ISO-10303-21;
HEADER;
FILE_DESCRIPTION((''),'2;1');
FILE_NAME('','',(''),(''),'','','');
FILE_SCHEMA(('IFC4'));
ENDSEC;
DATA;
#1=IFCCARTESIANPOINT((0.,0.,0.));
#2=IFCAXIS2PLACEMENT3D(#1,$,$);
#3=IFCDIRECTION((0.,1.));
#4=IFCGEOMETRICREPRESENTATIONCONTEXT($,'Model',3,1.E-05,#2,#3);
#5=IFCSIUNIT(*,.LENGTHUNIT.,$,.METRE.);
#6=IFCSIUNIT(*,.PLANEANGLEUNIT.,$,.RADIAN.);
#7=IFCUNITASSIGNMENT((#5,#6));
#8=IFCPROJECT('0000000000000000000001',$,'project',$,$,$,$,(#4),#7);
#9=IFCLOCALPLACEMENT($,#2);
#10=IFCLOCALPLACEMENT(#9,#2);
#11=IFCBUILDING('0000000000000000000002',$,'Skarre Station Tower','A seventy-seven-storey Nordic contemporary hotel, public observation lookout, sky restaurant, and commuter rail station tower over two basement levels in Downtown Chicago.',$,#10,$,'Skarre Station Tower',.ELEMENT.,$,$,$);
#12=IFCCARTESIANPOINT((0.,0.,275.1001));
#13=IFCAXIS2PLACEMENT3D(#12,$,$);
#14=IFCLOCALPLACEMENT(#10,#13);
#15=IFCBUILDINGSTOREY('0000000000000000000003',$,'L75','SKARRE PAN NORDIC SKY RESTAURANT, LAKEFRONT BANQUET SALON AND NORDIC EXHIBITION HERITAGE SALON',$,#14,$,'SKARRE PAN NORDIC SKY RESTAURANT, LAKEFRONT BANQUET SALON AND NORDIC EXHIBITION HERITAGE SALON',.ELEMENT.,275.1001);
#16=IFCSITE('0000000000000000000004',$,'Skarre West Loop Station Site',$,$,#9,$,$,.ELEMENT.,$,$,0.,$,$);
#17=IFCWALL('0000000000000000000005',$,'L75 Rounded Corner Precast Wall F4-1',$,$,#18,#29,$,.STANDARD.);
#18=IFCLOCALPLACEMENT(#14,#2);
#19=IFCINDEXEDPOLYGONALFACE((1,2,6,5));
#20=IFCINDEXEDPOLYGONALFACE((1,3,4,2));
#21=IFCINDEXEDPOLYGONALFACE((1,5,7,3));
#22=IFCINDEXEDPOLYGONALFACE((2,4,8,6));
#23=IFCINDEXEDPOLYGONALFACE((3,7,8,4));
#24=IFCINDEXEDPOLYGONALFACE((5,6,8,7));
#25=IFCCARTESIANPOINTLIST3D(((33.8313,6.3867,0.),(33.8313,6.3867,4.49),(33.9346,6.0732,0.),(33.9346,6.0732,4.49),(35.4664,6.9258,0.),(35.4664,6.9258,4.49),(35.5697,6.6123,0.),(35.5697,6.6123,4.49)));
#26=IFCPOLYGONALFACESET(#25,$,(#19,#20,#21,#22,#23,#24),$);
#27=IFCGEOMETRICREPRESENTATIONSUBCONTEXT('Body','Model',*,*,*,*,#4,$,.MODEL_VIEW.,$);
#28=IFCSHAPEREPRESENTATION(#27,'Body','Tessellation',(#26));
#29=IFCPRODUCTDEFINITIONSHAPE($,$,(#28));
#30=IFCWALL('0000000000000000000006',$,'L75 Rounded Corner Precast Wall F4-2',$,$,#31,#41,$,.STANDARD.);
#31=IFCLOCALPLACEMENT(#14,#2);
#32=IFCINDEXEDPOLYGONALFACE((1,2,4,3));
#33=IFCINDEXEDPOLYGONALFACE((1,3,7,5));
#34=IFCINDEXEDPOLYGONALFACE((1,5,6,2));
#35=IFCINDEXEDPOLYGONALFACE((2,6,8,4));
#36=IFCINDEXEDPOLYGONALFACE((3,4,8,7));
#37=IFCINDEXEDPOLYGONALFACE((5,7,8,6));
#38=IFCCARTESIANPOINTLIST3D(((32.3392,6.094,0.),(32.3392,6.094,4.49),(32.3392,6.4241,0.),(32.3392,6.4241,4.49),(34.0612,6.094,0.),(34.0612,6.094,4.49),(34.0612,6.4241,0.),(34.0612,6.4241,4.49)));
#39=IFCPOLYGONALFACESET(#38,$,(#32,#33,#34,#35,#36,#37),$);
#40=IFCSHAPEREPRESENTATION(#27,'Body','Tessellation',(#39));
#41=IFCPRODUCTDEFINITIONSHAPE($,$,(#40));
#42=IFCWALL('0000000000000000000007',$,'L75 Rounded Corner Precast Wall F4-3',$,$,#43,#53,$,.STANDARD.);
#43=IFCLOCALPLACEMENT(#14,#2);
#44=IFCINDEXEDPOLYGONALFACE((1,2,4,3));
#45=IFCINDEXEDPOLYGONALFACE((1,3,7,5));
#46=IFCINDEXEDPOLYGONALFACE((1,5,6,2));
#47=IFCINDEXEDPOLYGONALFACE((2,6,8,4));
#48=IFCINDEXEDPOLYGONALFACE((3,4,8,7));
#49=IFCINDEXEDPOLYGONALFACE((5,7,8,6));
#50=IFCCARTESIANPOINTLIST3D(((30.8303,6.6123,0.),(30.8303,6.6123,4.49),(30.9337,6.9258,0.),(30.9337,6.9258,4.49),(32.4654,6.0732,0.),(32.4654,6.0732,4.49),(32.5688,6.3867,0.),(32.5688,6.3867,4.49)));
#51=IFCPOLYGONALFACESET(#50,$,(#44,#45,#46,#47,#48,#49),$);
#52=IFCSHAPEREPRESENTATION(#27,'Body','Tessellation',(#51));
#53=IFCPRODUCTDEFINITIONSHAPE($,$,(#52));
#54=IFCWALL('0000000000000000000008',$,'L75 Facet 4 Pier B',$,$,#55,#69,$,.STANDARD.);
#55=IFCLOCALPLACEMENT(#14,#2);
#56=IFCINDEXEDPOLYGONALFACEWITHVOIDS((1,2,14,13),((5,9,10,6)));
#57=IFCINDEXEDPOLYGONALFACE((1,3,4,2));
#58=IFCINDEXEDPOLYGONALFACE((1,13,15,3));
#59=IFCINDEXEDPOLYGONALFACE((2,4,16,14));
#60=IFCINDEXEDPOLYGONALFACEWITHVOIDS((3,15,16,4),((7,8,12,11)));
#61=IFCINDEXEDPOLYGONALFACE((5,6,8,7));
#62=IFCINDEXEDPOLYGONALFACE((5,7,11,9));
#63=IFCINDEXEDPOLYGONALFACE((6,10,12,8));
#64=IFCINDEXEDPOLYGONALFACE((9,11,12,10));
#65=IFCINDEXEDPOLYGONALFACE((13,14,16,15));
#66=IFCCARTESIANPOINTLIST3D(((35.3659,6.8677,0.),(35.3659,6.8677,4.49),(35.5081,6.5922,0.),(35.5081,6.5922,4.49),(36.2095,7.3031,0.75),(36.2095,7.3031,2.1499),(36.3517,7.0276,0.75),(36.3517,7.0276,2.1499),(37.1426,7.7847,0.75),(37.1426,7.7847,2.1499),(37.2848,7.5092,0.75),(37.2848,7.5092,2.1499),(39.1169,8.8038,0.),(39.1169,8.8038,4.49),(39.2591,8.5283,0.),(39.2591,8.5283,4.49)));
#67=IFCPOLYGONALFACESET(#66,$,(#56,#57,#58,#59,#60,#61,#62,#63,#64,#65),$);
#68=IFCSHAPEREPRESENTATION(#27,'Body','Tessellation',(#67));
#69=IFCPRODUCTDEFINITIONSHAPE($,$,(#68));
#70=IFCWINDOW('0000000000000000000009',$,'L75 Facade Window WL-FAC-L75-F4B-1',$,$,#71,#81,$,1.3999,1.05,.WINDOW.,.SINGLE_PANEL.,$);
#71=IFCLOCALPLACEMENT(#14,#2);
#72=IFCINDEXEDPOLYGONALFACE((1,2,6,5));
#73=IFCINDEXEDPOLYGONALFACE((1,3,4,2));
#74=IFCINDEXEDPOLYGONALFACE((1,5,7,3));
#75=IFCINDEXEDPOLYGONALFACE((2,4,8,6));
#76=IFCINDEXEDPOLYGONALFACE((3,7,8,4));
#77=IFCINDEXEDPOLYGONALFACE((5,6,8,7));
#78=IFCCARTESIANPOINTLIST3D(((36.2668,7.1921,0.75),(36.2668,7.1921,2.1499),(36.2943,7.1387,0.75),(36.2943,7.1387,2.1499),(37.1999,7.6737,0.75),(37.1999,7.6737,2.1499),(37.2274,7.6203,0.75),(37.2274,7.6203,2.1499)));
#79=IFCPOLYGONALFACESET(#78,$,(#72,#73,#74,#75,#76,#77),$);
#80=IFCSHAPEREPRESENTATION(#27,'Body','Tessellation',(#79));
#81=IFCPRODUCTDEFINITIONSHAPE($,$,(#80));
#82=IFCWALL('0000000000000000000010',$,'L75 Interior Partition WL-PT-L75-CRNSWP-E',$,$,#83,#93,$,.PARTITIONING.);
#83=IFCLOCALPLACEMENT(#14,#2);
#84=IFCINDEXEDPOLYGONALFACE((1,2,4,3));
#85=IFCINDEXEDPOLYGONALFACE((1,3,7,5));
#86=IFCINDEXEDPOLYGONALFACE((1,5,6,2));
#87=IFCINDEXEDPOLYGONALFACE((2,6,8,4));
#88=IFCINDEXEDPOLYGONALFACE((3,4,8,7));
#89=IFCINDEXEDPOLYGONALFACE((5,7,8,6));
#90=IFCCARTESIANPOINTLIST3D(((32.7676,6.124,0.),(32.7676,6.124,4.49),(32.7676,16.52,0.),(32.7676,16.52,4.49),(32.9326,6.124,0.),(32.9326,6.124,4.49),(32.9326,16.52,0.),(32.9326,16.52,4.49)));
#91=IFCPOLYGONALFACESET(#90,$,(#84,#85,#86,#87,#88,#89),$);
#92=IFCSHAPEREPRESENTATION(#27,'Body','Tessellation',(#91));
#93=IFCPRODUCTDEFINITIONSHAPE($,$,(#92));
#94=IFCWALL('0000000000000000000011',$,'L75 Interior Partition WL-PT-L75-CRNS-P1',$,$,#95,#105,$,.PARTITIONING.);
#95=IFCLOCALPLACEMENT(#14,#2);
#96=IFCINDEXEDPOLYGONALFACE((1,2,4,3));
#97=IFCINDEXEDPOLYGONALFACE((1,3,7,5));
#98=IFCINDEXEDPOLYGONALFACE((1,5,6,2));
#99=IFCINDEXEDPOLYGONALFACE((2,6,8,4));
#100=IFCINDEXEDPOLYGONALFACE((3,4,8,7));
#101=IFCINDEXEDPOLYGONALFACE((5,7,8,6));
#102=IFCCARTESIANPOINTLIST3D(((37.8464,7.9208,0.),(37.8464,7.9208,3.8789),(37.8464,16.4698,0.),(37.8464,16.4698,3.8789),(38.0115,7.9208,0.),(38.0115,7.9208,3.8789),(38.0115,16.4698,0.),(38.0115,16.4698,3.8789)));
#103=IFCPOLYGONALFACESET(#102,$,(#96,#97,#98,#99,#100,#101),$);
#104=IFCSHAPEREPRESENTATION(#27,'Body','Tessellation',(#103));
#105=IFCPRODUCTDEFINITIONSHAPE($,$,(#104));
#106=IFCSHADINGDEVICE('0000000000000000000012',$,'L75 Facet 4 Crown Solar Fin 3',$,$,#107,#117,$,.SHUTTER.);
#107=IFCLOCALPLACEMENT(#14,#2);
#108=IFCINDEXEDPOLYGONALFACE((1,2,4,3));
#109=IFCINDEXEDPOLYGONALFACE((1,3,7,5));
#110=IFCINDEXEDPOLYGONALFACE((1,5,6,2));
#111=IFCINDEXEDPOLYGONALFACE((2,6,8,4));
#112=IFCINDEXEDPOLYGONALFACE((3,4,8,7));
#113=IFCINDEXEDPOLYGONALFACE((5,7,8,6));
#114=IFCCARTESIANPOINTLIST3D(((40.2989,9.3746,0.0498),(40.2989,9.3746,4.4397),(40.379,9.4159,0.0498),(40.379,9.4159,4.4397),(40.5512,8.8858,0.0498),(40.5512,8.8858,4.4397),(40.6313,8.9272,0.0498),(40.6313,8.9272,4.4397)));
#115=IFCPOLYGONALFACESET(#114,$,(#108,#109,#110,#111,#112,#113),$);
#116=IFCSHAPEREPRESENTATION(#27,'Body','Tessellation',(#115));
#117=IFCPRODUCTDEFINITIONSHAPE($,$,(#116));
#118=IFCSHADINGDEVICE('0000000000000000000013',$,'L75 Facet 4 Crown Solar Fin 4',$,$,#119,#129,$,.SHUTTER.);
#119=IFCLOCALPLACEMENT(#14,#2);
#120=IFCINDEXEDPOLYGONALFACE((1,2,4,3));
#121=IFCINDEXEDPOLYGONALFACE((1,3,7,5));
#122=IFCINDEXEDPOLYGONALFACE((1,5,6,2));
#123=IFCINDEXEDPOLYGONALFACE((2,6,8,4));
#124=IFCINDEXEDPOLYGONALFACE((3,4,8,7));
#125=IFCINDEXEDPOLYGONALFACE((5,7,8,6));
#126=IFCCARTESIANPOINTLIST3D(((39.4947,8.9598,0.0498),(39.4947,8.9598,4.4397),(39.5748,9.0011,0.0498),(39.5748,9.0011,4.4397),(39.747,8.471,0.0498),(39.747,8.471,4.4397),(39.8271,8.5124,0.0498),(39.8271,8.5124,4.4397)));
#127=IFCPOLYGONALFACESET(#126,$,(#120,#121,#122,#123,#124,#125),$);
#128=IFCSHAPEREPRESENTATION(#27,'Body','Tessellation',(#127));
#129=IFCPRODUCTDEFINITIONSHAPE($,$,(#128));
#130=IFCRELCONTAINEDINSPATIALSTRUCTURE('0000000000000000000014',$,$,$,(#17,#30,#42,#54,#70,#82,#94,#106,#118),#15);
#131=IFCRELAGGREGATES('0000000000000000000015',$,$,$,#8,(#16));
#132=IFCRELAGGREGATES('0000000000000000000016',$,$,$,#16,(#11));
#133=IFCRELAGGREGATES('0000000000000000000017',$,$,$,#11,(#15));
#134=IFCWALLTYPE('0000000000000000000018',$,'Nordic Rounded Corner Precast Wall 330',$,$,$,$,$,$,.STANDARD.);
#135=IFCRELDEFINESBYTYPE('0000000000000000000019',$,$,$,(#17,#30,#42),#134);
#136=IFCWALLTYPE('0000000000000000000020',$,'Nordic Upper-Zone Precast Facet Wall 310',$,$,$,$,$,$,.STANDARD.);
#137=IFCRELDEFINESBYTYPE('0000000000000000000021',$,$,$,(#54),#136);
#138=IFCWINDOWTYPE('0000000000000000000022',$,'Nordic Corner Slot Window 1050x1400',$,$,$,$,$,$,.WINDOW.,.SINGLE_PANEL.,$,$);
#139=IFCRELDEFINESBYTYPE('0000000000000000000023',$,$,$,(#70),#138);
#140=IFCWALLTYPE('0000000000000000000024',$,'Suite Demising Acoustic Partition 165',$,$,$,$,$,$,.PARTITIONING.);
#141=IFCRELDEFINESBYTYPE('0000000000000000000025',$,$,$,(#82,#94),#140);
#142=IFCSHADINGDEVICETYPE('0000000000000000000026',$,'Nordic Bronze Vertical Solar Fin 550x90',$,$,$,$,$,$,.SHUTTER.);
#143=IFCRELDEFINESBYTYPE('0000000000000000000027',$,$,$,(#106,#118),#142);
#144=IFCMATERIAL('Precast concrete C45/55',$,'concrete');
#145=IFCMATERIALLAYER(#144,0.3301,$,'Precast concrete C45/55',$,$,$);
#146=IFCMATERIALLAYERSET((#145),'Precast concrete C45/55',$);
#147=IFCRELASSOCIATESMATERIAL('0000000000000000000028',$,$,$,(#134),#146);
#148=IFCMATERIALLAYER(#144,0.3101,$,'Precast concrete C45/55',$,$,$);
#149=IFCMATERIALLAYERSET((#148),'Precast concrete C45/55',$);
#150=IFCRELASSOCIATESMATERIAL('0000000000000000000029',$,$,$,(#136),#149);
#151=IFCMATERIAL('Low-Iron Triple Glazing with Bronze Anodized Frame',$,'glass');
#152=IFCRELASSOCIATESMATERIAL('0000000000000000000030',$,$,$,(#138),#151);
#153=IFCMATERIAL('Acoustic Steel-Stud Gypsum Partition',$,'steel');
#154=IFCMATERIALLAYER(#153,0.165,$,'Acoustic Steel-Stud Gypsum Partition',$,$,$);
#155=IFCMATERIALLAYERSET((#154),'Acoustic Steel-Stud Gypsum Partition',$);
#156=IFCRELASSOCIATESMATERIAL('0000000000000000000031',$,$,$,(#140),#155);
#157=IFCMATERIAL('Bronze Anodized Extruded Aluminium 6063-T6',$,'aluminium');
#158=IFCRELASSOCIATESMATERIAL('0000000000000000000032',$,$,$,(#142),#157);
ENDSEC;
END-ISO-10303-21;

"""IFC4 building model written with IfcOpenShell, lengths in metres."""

from ifc_helpers import new_model, si_unit, direction, frame, frame_2d, origin, origin_2d, place, context, subcontext, project, spatial, rectangle, extrude, material, layer, layer_set, type_object, element, fill, save


model = new_model("IFC4")

# Units and contexts
model_context = context("Model", 3, precision=1e-05, world=origin(), true_north=direction((0.0, 1.0)))
body_context = subcontext(model_context, "Body", "Model", "MODEL_VIEW")
ifc_project = project(units=[si_unit("LENGTHUNIT", "METRE"), si_unit("PLANEANGLEUNIT", "RADIAN")], contexts=[model_context])

# Site, building, storey
site_placement = place(None, origin())
site = spatial("IfcSite", under=ifc_project, at=site_placement, Name="Skarre West Loop Station Site", CompositionType="ELEMENT", RefElevation=0.0)
building_placement = place(site_placement, origin())
building = spatial("IfcBuilding", under=site, at=building_placement, Name="Skarre Station Tower", Description="A seventy-seven-storey Nordic contemporary hotel, public observation lookout, sky restaurant, and commuter rail station tower over two basement levels in Downtown Chicago.", LongName="Skarre Station Tower", CompositionType="ELEMENT")
storey_placement = place(building_placement, frame((0.0, 0.0, 275.1001)))
storey = spatial("IfcBuildingStorey", under=building, at=storey_placement, Name="L75", Description="SKARRE PAN NORDIC SKY RESTAURANT, LAKEFRONT BANQUET SALON AND NORDIC EXHIBITION HERITAGE SALON", LongName="SKARRE PAN NORDIC SKY RESTAURANT, LAKEFRONT BANQUET SALON AND NORDIC EXHIBITION HERITAGE SALON", CompositionType="ELEMENT", Elevation=275.1001)

# Shared definitions
ifc_material_1 = material(Name="Acoustic Steel-Stud Gypsum Partition", Category="steel")

# Walls
ifc_material_2 = material(Name="Precast concrete C45/55", Category="concrete")
ifc_layer_1 = layer(ifc_material_2, 0.3301, Name="Precast concrete C45/55")
ifc_layer_set_1 = layer_set([ifc_layer_1], Name="Precast concrete C45/55")
wall_type_1 = type_object("IfcWallType", Name="Nordic Rounded Corner Precast Wall 330", PredefinedType="STANDARD", material=ifc_layer_set_1)
wall_1_placement = place(storey_placement, frame((35.5181, 6.769, 0.0), z_axis=(0.0, 0.0, 1.0), x_axis=(-0.949713, -0.31312, 0.0)))
element("IfcWall", 1, at=wall_1_placement, inside=storey, type_object=wall_type_1, Name="L75 Rounded Corner Precast Wall F4-1", PredefinedType="STANDARD", context=body_context, shape_type="SweptSolid", body=[
    extrude(rectangle(XDim=1.7217, YDim=0.3301, at=frame_2d((0.8608, 0.0))), origin(), (0.0, 0.0, 1.0), 4.49),
])
wall_2_placement = place(storey_placement, frame((34.061, 6.259, 0.0), z_axis=(0.0, 0.0, 1.0), x_axis=(-1.0, 0.0, 0.0)))
element("IfcWall", 2, at=wall_2_placement, inside=storey, type_object=wall_type_1, Name="L75 Rounded Corner Precast Wall F4-2", PredefinedType="STANDARD", context=body_context, shape_type="SweptSolid", body=[
    extrude(rectangle(XDim=1.7219, YDim=0.3301, at=frame_2d((0.8608, 0.0))), origin(), (0.0, 0.0, 1.0), 4.49),
])
wall_3_placement = place(storey_placement, frame((32.5171, 6.23, 0.0), z_axis=(0.0, 0.0, 1.0), x_axis=(-0.949713, 0.31312, 0.0)))
element("IfcWall", 3, at=wall_3_placement, inside=storey, type_object=wall_type_1, Name="L75 Rounded Corner Precast Wall F4-3", PredefinedType="STANDARD", context=body_context, shape_type="SweptSolid", body=[
    extrude(rectangle(XDim=1.7217, YDim=0.3301, at=frame_2d((0.8608, 0.0))), origin(), (0.0, 0.0, 1.0), 4.49),
])

# Wall, opening, window
ifc_layer_2 = layer(ifc_material_2, 0.3101, Name="Precast concrete C45/55")
ifc_layer_set_2 = layer_set([ifc_layer_2], Name="Precast concrete C45/55")
wall_type_2 = type_object("IfcWallType", Name="Nordic Upper-Zone Precast Facet Wall 310", PredefinedType="STANDARD", material=ifc_layer_set_2)
wall_4_placement = place(storey_placement, frame((39.188, 8.666, 0.0), z_axis=(0.0, 0.0, 1.0), x_axis=(-0.888616, -0.458652, 0.0)))
wall_4 = element("IfcWall", 4, at=wall_4_placement, inside=storey, type_object=wall_type_2, Name="L75 Facet 4 Pier B", PredefinedType="STANDARD", context=body_context, shape_type="SweptSolid", body=[
    extrude(rectangle(XDim=4.2212, YDim=0.3101, at=frame_2d((2.1106, 0.0))), origin(), (0.0, 0.0, 1.0), 4.49),
])
opening_1_placement = place(wall_4_placement, frame((2.2219, 0.0, 0.75)))
opening_1 = element("IfcOpeningElement", 5, at=opening_1_placement, cuts=wall_4, PredefinedType="OPENING", context=body_context, shape_type="SweptSolid", body=[
    extrude(rectangle(XDim=1.05, YDim=1.3999, at=frame_2d((0.5249, 0.7))), frame((0.0, 0.165, 0.0), z_axis=(0.0, -1.0, 0.0), x_axis=(1.0, 0.0, 0.0)), (0.0, 0.0, 1.0), 0.3301),
])
ifc_material_3 = material(Name="Low-Iron Triple Glazing with Bronze Anodized Frame", Category="glass")
window_type = type_object("IfcWindowType", Name="Nordic Corner Slot Window 1050x1400", PartitioningType="SINGLE_PANEL", PredefinedType="WINDOW", material=ifc_material_3)
window_placement = place(opening_1_placement, origin())
window = element("IfcWindow", 6, at=window_placement, inside=storey, type_object=window_type, Name="L75 Facade Window WL-FAC-L75-F4B-1", OverallHeight=1.3999, OverallWidth=1.05, PartitioningType="SINGLE_PANEL", PredefinedType="WINDOW", context=body_context, shape_type="SweptSolid", body=[
    extrude(rectangle(XDim=1.05, YDim=1.3999, at=frame_2d((0.5249, 0.7))), frame((0.0, 0.03, 0.0), z_axis=(0.0, -1.0, 0.0), x_axis=(1.0, 0.0, 0.0)), (0.0, 0.0, 1.0), 0.0601),
])
fill(opening_1, window)

# Walls
ifc_layer_3 = layer(ifc_material_1, 0.165, Name="Acoustic Steel-Stud Gypsum Partition")
ifc_layer_set_3 = layer_set([ifc_layer_3], Name="Acoustic Steel-Stud Gypsum Partition")
wall_type_3 = type_object("IfcWallType", Name="Suite Demising Acoustic Partition 165", PredefinedType="PARTITIONING", material=ifc_layer_set_3)
wall_5_placement = place(storey_placement, frame((32.8501, 6.124, 0.0), z_axis=(0.0, 0.0, 1.0), x_axis=(0.0, 1.0, 0.0)))
element("IfcWall", 7, at=wall_5_placement, inside=storey, type_object=wall_type_3, Name="L75 Interior Partition WL-PT-L75-CRNSWP-E", PredefinedType="PARTITIONING", context=body_context, shape_type="SweptSolid", body=[
    extrude(rectangle(XDim=10.396, YDim=0.165, at=frame_2d((5.198, 0.0))), origin(), (0.0, 0.0, 1.0), 4.49),
])
wall_6_placement = place(storey_placement, frame((37.929, 7.9209, 0.0), z_axis=(0.0, 0.0, 1.0), x_axis=(0.0, 1.0, 0.0)))
element("IfcWall", 8, at=wall_6_placement, inside=storey, type_object=wall_type_3, Name="L75 Interior Partition WL-PT-L75-CRNS-P1", PredefinedType="PARTITIONING", context=body_context, shape_type="SweptSolid", body=[
    extrude(rectangle(XDim=8.5491, YDim=0.165, at=frame_2d((4.2744, 0.0))), origin(), (0.0, 0.0, 1.0), 3.8789),
])

# Shading devices
ifc_material_4 = material(Name="Bronze Anodized Extruded Aluminium 6063-T6", Category="aluminium")
shading_device_type = type_object("IfcShadingDeviceType", Name="Nordic Bronze Vertical Solar Fin 550x90", PredefinedType="SHUTTER", material=ifc_material_4)
for number, where, z_axis, x_axis, name in (
    (9, (40.4651, 9.1509, 0.0498), (0.0, 0.0, 1.0), (0.458712, -0.888585, 0.0), "L75 Facet 4 Crown Solar Fin 3"),
    (10, (39.6609, 8.7361, 0.0498), (0.0, 0.0, 1.0), (0.458712, -0.888585, 0.0), "L75 Facet 4 Crown Solar Fin 4"),
):
    element("IfcShadingDevice", number, at=place(storey_placement, frame(where, z_axis=z_axis, x_axis=x_axis)), inside=storey, type_object=shading_device_type, Name=name, PredefinedType="SHUTTER", context=body_context, shape_type="SweptSolid", body=[
        extrude(rectangle(XDim=0.55, YDim=0.0901, at=origin_2d()), origin(), (0.0, 0.0, 1.0), 4.3899),
    ])

save(model, "model.ifc")
